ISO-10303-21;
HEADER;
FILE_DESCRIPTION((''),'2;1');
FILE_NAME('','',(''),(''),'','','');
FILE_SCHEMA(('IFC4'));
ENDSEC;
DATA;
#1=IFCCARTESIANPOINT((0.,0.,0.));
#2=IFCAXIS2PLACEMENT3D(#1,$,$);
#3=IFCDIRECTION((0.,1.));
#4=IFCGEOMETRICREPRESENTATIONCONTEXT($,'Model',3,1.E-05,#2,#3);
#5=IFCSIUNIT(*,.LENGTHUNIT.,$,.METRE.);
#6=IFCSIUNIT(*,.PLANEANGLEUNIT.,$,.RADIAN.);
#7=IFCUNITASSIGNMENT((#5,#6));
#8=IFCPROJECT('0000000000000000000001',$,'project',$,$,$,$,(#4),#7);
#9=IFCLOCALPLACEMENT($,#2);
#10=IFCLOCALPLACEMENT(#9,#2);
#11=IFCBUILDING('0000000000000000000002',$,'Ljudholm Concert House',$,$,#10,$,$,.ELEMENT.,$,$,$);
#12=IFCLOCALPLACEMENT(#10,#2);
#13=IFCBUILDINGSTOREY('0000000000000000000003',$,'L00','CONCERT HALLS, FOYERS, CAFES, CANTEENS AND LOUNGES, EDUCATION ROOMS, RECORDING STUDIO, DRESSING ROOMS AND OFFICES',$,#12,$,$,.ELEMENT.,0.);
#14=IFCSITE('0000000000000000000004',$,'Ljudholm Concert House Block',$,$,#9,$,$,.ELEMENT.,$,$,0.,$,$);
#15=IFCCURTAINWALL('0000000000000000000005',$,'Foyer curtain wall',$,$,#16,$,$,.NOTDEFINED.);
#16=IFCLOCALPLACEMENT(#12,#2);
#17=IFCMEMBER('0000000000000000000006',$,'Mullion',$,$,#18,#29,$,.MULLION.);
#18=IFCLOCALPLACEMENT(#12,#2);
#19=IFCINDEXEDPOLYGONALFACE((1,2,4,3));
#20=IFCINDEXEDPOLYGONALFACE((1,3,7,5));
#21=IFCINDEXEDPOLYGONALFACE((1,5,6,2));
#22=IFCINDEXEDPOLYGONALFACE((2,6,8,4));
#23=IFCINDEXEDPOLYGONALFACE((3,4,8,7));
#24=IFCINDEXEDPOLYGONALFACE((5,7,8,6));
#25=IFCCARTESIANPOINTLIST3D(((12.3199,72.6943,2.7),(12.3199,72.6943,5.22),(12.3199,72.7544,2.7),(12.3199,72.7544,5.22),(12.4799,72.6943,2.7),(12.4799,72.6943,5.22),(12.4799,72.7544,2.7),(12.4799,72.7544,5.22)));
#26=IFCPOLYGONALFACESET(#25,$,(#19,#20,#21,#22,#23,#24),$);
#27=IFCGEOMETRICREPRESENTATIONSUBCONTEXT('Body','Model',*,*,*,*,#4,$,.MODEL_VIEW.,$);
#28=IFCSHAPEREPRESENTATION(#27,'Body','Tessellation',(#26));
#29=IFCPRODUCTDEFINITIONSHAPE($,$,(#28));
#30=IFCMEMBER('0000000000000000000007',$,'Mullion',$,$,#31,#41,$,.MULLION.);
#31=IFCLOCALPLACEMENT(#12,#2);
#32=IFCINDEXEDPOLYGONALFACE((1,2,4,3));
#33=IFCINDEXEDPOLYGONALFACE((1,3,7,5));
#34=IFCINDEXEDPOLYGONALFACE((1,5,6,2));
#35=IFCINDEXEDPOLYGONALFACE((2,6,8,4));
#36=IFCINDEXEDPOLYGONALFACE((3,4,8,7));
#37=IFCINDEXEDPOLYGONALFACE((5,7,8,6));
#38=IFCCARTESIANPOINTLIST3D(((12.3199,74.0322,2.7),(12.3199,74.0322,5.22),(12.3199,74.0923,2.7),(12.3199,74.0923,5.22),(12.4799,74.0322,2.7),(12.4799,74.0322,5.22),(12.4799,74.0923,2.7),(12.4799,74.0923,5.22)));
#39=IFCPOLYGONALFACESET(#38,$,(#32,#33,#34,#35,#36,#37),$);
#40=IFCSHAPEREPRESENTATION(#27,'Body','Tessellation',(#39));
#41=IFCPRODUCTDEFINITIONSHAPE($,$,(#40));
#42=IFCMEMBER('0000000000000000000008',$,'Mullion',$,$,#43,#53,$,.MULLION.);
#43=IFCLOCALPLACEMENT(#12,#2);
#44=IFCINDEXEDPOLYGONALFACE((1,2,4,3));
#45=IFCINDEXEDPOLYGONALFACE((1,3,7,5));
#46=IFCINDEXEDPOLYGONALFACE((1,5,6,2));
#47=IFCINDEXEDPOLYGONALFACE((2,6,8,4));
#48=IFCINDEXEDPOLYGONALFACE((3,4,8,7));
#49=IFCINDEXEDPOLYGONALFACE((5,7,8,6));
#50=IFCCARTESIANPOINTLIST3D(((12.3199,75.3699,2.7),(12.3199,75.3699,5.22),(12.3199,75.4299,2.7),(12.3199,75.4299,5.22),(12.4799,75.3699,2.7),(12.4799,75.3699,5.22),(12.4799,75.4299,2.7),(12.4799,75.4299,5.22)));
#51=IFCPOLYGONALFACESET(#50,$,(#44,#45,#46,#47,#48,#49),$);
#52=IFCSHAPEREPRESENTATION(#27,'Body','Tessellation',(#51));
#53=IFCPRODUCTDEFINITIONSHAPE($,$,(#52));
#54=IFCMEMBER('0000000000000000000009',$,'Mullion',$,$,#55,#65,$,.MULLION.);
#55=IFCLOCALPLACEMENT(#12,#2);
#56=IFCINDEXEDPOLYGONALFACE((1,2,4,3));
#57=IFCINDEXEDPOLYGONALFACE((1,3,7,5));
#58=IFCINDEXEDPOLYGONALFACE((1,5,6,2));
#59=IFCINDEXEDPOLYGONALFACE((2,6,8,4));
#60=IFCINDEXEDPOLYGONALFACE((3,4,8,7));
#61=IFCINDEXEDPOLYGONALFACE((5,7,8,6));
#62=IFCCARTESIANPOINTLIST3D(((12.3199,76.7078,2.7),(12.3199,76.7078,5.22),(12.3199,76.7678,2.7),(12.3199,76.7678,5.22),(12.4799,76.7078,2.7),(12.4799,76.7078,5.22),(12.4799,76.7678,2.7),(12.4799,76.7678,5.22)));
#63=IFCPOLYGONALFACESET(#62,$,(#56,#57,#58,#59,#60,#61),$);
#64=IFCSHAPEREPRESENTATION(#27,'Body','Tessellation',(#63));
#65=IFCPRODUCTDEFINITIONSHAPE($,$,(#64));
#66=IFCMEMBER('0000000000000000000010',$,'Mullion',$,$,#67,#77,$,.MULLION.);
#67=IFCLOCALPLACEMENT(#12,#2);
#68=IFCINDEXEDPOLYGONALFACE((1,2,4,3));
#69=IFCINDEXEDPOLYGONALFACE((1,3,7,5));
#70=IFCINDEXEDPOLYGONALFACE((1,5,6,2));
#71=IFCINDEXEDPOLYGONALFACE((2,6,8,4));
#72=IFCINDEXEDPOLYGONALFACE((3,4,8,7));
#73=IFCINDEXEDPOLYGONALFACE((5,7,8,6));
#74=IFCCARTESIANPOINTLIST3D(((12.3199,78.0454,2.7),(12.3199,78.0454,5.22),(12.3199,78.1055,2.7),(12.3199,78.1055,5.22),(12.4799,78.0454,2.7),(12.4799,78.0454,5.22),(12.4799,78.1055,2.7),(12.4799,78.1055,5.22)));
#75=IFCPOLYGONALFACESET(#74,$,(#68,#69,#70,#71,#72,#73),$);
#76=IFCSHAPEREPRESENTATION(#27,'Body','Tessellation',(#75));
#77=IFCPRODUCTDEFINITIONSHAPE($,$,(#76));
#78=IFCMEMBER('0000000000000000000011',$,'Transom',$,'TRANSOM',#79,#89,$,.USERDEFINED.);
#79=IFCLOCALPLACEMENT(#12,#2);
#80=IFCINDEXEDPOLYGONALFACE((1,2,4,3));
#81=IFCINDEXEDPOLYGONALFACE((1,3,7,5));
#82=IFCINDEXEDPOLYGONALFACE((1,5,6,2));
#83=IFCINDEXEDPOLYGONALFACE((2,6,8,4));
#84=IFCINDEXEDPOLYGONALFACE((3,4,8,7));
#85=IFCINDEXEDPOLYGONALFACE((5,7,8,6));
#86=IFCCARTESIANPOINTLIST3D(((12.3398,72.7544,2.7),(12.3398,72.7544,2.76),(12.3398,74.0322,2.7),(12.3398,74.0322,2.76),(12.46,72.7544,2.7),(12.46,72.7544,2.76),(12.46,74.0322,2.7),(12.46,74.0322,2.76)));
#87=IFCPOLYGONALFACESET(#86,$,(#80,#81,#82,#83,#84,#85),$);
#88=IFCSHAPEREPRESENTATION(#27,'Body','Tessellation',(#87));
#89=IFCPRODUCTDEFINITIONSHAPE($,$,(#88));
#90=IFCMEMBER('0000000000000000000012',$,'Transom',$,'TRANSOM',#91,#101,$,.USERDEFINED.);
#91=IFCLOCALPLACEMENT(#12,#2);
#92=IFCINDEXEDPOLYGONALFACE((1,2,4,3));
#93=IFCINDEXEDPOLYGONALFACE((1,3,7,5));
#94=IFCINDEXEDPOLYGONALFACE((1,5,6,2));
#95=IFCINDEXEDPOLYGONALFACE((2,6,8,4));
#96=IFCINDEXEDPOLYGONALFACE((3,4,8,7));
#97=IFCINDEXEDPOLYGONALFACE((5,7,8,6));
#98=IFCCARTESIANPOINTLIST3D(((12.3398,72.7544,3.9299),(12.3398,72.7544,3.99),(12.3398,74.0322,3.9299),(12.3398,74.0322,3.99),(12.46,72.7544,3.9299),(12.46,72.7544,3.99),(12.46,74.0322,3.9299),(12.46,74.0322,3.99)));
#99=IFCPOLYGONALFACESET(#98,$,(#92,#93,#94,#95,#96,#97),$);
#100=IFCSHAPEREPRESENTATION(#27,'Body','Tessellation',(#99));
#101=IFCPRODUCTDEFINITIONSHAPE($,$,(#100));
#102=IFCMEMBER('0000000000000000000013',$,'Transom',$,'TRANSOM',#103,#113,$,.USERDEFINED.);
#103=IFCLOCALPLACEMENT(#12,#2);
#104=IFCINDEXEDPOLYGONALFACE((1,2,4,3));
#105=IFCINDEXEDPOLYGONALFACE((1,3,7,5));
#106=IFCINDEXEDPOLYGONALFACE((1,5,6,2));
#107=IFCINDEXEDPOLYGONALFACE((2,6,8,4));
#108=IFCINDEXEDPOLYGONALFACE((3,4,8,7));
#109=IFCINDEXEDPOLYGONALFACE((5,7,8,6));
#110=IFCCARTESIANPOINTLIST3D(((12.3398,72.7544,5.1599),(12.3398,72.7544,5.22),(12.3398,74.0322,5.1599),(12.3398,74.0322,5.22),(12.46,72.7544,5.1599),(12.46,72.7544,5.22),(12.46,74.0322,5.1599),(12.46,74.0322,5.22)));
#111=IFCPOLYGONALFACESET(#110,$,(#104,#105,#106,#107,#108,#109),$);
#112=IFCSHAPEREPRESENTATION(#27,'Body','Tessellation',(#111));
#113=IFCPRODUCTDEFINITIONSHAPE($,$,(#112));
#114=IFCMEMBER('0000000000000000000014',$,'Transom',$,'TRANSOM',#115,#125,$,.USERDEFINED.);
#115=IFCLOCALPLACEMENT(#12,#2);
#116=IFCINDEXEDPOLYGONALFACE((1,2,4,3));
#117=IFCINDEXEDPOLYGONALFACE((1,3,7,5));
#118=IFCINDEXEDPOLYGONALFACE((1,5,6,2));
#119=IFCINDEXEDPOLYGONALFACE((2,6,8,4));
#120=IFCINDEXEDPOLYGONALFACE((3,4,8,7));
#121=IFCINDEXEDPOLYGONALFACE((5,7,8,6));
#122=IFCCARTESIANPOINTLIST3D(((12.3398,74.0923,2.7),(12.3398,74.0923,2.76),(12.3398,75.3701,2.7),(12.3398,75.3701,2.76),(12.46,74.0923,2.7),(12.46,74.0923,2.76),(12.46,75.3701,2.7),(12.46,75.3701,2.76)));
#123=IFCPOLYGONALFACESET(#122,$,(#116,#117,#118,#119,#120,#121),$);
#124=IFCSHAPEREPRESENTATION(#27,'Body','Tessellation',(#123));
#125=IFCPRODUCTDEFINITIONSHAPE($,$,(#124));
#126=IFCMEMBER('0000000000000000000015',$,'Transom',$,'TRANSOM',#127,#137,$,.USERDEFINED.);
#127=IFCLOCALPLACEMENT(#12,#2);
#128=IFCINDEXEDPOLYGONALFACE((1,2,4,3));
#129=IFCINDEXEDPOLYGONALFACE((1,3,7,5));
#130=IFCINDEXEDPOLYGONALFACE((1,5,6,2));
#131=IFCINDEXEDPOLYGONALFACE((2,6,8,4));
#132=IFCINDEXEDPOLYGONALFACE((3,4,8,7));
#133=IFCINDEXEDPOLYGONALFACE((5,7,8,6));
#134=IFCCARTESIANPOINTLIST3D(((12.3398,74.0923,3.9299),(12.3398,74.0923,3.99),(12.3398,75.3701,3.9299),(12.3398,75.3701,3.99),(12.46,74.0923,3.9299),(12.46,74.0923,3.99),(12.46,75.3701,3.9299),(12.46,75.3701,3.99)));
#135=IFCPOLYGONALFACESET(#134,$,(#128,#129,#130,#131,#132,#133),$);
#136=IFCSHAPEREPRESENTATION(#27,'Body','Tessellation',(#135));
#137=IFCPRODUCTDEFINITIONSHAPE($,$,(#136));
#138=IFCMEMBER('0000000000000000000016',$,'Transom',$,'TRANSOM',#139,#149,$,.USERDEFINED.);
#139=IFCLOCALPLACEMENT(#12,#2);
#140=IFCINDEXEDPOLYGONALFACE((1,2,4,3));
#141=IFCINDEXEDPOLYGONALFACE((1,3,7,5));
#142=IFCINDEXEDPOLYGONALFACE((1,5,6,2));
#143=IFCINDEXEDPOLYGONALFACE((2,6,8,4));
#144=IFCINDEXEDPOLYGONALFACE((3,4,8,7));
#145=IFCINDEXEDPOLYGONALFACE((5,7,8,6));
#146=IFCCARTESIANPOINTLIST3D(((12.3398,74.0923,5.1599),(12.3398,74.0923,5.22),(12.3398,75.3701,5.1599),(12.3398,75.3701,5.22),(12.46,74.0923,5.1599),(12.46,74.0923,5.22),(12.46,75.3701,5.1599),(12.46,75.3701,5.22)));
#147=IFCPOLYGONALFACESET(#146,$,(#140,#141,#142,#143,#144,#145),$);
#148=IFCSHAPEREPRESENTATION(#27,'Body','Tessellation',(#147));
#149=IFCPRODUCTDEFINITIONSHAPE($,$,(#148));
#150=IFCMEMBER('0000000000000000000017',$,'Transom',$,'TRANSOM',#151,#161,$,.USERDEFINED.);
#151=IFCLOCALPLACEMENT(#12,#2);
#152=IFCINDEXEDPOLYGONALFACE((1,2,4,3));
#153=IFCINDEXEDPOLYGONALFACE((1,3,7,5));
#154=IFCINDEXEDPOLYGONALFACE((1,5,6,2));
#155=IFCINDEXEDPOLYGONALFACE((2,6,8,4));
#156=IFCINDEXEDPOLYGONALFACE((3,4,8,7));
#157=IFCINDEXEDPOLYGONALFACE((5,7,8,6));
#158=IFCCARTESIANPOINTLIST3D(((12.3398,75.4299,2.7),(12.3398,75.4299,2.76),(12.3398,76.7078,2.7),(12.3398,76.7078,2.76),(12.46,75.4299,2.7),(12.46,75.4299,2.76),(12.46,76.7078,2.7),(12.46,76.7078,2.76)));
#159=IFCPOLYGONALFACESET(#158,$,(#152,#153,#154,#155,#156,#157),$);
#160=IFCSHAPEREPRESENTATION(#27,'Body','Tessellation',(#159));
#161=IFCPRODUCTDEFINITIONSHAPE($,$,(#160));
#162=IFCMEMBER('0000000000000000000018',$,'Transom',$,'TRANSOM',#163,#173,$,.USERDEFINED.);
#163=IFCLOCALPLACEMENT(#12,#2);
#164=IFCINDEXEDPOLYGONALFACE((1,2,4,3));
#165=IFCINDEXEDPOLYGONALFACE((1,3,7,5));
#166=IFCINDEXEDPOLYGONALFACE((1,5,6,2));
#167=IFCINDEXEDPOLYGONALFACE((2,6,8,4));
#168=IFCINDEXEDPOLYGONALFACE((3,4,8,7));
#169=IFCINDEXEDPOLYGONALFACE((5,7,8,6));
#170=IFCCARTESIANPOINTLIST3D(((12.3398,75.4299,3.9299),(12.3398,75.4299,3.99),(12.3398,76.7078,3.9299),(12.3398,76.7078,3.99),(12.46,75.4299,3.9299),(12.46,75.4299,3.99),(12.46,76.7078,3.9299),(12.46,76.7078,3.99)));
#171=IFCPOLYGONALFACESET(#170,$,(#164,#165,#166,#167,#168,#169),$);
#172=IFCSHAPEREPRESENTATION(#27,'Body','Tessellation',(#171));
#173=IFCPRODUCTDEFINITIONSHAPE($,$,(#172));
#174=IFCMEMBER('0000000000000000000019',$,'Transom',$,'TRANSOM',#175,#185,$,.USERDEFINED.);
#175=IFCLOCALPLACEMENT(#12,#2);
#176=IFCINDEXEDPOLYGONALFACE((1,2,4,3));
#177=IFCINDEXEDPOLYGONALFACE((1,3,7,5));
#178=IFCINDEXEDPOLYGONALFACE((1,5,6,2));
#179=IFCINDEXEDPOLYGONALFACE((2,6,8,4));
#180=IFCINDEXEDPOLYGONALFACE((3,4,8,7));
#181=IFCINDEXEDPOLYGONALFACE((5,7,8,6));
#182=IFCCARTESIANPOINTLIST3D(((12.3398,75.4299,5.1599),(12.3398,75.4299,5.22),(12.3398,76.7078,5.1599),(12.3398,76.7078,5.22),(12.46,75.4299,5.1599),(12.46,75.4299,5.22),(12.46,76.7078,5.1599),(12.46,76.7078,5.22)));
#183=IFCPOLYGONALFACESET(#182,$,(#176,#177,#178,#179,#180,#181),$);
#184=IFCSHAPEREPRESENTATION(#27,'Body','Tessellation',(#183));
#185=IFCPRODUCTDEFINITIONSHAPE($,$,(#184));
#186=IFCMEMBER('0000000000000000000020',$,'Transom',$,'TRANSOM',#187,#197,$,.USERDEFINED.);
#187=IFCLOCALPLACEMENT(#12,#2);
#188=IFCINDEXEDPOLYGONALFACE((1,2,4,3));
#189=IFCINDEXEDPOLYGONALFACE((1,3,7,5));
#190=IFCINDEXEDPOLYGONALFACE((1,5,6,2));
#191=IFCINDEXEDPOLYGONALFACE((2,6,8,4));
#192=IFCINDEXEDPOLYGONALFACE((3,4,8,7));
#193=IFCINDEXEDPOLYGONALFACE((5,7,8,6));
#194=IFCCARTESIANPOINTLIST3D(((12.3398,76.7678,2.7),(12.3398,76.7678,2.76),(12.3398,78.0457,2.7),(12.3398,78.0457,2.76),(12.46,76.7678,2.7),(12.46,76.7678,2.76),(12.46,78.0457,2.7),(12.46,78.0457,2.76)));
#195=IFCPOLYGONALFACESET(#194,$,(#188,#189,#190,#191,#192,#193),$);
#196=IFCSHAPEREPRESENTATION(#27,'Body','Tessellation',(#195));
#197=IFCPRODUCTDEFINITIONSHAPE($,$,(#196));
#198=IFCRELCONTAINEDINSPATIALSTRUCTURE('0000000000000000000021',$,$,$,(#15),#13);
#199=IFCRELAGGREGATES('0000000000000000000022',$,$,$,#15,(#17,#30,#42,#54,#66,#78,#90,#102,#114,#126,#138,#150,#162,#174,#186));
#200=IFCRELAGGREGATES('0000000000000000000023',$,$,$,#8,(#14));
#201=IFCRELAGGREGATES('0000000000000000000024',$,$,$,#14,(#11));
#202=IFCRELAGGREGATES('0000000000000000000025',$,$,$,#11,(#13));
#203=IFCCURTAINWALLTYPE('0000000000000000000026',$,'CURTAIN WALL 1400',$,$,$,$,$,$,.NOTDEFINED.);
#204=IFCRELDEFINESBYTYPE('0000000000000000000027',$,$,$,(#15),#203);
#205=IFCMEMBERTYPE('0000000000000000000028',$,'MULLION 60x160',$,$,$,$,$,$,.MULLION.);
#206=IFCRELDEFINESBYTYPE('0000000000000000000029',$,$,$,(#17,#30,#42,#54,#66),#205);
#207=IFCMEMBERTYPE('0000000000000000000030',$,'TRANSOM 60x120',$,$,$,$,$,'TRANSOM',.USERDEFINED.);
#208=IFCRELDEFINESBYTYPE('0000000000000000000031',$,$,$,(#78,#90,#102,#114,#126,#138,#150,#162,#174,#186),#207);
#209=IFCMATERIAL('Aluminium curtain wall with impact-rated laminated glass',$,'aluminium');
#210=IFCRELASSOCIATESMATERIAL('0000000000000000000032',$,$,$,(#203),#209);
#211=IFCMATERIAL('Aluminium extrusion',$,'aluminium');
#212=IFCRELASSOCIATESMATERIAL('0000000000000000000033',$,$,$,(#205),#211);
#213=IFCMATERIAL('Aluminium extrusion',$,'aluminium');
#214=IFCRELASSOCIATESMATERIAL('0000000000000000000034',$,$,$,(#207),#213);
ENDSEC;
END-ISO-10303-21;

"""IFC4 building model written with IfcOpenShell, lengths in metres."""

from ifc_helpers import new_model, si_unit, direction, frame, origin, origin_2d, place, context, subcontext, project, spatial, rectangle, extrude, material, material_profile, profile_set, type_object, element, aggregate, save


model = new_model("IFC4")

# Units and contexts
model_context = context("Model", 3, precision=1e-05, world=origin(), true_north=direction((0.0, 1.0)))
body_context = subcontext(model_context, "Body", "Model", "MODEL_VIEW")
ifc_project = project(units=[si_unit("LENGTHUNIT", "METRE"), si_unit("PLANEANGLEUNIT", "RADIAN")], contexts=[model_context])

# Site, building, storey
site_placement = place(None, origin())
site = spatial("IfcSite", under=ifc_project, at=site_placement, Name="Ljudholm Concert House Block", CompositionType="ELEMENT", RefElevation=0.0)
building_placement = place(site_placement, origin())
building = spatial("IfcBuilding", under=site, at=building_placement, Name="Ljudholm Concert House", CompositionType="ELEMENT")
storey_placement = place(building_placement, origin())
storey = spatial("IfcBuildingStorey", under=building, at=storey_placement, Name="L00", Description="CONCERT HALLS, FOYERS, CAFES, CANTEENS AND LOUNGES, EDUCATION ROOMS, RECORDING STUDIO, DRESSING ROOMS AND OFFICES", CompositionType="ELEMENT", Elevation=0.0)

# Curtain wall, members
ifc_material_1 = material(Name="Aluminium curtain wall with impact-rated laminated glass", Category="aluminium")
curtain_wall_type = type_object("IfcCurtainWallType", Name="CURTAIN WALL 1400", PredefinedType="NOTDEFINED", material=ifc_material_1)
curtain_wall_placement = place(storey_placement, origin())
curtain_wall = element("IfcCurtainWall", 1, at=curtain_wall_placement, inside=storey, type_object=curtain_wall_type, Name="Foyer curtain wall", PredefinedType="NOTDEFINED")
ifc_material_2 = material(Name="Aluminium extrusion", Category="aluminium")
ifc_material_profile_1 = material_profile(ifc_material_2, rectangle(XDim=0.1599, YDim=0.0601, at=origin_2d()), Name="MULLION 60x160")
ifc_profile_set_1 = profile_set([ifc_material_profile_1], Name="Aluminium extrusion")
member_type_1 = type_object("IfcMemberType", Name="MULLION 60x160", PredefinedType="MULLION", material=ifc_profile_set_1)
member_1_placement = place(storey_placement, frame((12.3999, 72.7244, 2.7), z_axis=(0.0, 0.0, 1.0), x_axis=(-1.0, 0.0, 0.0)))
member_1 = element("IfcMember", 2, at=member_1_placement, type_object=member_type_1, Name="Mullion", PredefinedType="MULLION", context=body_context, shape_type="SweptSolid", body=[
    extrude(rectangle(XDim=0.1599, YDim=0.0601, at=origin_2d()), origin(), (0.0, 0.0, 1.0), 2.52),
])
member_2_placement = place(storey_placement, frame((12.3999, 74.0623, 2.7), z_axis=(0.0, 0.0, 1.0), x_axis=(-1.0, 0.0, 0.0)))
member_2 = element("IfcMember", 3, at=member_2_placement, type_object=member_type_1, Name="Mullion", PredefinedType="MULLION", context=body_context, shape_type="SweptSolid", body=[
    extrude(rectangle(XDim=0.1599, YDim=0.0601, at=origin_2d()), origin(), (0.0, 0.0, 1.0), 2.52),
])
member_3_placement = place(storey_placement, frame((12.3999, 75.3999, 2.7), z_axis=(0.0, 0.0, 1.0), x_axis=(-1.0, 0.0, 0.0)))
member_3 = element("IfcMember", 4, at=member_3_placement, type_object=member_type_1, Name="Mullion", PredefinedType="MULLION", context=body_context, shape_type="SweptSolid", body=[
    extrude(rectangle(XDim=0.1599, YDim=0.0601, at=origin_2d()), origin(), (0.0, 0.0, 1.0), 2.52),
])
member_4_placement = place(storey_placement, frame((12.3999, 76.7378, 2.7), z_axis=(0.0, 0.0, 1.0), x_axis=(-1.0, 0.0, 0.0)))
member_4 = element("IfcMember", 5, at=member_4_placement, type_object=member_type_1, Name="Mullion", PredefinedType="MULLION", context=body_context, shape_type="SweptSolid", body=[
    extrude(rectangle(XDim=0.1599, YDim=0.0601, at=origin_2d()), origin(), (0.0, 0.0, 1.0), 2.52),
])
member_5_placement = place(storey_placement, frame((12.3999, 78.0754, 2.7), z_axis=(0.0, 0.0, 1.0), x_axis=(-1.0, 0.0, 0.0)))
member_5 = element("IfcMember", 6, at=member_5_placement, type_object=member_type_1, Name="Mullion", PredefinedType="MULLION", context=body_context, shape_type="SweptSolid", body=[
    extrude(rectangle(XDim=0.1599, YDim=0.0601, at=origin_2d()), origin(), (0.0, 0.0, 1.0), 2.52),
])
ifc_material_3 = material(Name="Aluminium extrusion", Category="aluminium")
ifc_material_profile_2 = material_profile(ifc_material_3, rectangle(XDim=0.1201, YDim=0.0601, at=origin_2d()), Name="TRANSOM 60x120")
ifc_profile_set_2 = profile_set([ifc_material_profile_2], Name="Aluminium extrusion")
member_type_2 = type_object("IfcMemberType", Name="TRANSOM 60x120", ElementType="TRANSOM", PredefinedType="USERDEFINED", material=ifc_profile_set_2)
member_6_placement = place(storey_placement, frame((12.3999, 72.7544, 2.73), z_axis=(0.0, 1.0, 0.0), x_axis=(-1.0, 0.0, 0.0)))
member_6 = element("IfcMember", 7, at=member_6_placement, type_object=member_type_2, Name="Transom", ObjectType="TRANSOM", PredefinedType="USERDEFINED", context=body_context, shape_type="SweptSolid", body=[
    extrude(rectangle(XDim=0.1201, YDim=0.0601, at=origin_2d()), origin(), (0.0, 0.0, 1.0), 1.2778),
])
member_7_placement = place(storey_placement, frame((12.3999, 72.7544, 3.96), z_axis=(0.0, 1.0, 0.0), x_axis=(-1.0, 0.0, 0.0)))
member_7 = element("IfcMember", 8, at=member_7_placement, type_object=member_type_2, Name="Transom", ObjectType="TRANSOM", PredefinedType="USERDEFINED", context=body_context, shape_type="SweptSolid", body=[
    extrude(rectangle(XDim=0.1201, YDim=0.0601, at=origin_2d()), origin(), (0.0, 0.0, 1.0), 1.2778),
])
member_8_placement = place(storey_placement, frame((12.3999, 72.7544, 5.1899), z_axis=(0.0, 1.0, 0.0), x_axis=(-1.0, 0.0, 0.0)))
member_8 = element("IfcMember", 9, at=member_8_placement, type_object=member_type_2, Name="Transom", ObjectType="TRANSOM", PredefinedType="USERDEFINED", context=body_context, shape_type="SweptSolid", body=[
    extrude(rectangle(XDim=0.1201, YDim=0.0601, at=origin_2d()), origin(), (0.0, 0.0, 1.0), 1.2778),
])
member_9_placement = place(storey_placement, frame((12.3999, 74.0923, 2.73), z_axis=(0.0, 1.0, 0.0), x_axis=(-1.0, 0.0, 0.0)))
member_9 = element("IfcMember", 10, at=member_9_placement, type_object=member_type_2, Name="Transom", ObjectType="TRANSOM", PredefinedType="USERDEFINED", context=body_context, shape_type="SweptSolid", body=[
    extrude(rectangle(XDim=0.1201, YDim=0.0601, at=origin_2d()), origin(), (0.0, 0.0, 1.0), 1.2778),
])
member_10_placement = place(storey_placement, frame((12.3999, 74.0923, 3.96), z_axis=(0.0, 1.0, 0.0), x_axis=(-1.0, 0.0, 0.0)))
member_10 = element("IfcMember", 11, at=member_10_placement, type_object=member_type_2, Name="Transom", ObjectType="TRANSOM", PredefinedType="USERDEFINED", context=body_context, shape_type="SweptSolid", body=[
    extrude(rectangle(XDim=0.1201, YDim=0.0601, at=origin_2d()), origin(), (0.0, 0.0, 1.0), 1.2778),
])
member_11_placement = place(storey_placement, frame((12.3999, 74.0923, 5.1899), z_axis=(0.0, 1.0, 0.0), x_axis=(-1.0, 0.0, 0.0)))
member_11 = element("IfcMember", 12, at=member_11_placement, type_object=member_type_2, Name="Transom", ObjectType="TRANSOM", PredefinedType="USERDEFINED", context=body_context, shape_type="SweptSolid", body=[
    extrude(rectangle(XDim=0.1201, YDim=0.0601, at=origin_2d()), origin(), (0.0, 0.0, 1.0), 1.2778),
])
member_12_placement = place(storey_placement, frame((12.3999, 75.4299, 2.73), z_axis=(0.0, 1.0, 0.0), x_axis=(-1.0, 0.0, 0.0)))
member_12 = element("IfcMember", 13, at=member_12_placement, type_object=member_type_2, Name="Transom", ObjectType="TRANSOM", PredefinedType="USERDEFINED", context=body_context, shape_type="SweptSolid", body=[
    extrude(rectangle(XDim=0.1201, YDim=0.0601, at=origin_2d()), origin(), (0.0, 0.0, 1.0), 1.2778),
])
member_13_placement = place(storey_placement, frame((12.3999, 75.4299, 3.96), z_axis=(0.0, 1.0, 0.0), x_axis=(-1.0, 0.0, 0.0)))
member_13 = element("IfcMember", 14, at=member_13_placement, type_object=member_type_2, Name="Transom", ObjectType="TRANSOM", PredefinedType="USERDEFINED", context=body_context, shape_type="SweptSolid", body=[
    extrude(rectangle(XDim=0.1201, YDim=0.0601, at=origin_2d()), origin(), (0.0, 0.0, 1.0), 1.2778),
])
member_14_placement = place(storey_placement, frame((12.3999, 75.4299, 5.1899), z_axis=(0.0, 1.0, 0.0), x_axis=(-1.0, 0.0, 0.0)))
member_14 = element("IfcMember", 15, at=member_14_placement, type_object=member_type_2, Name="Transom", ObjectType="TRANSOM", PredefinedType="USERDEFINED", context=body_context, shape_type="SweptSolid", body=[
    extrude(rectangle(XDim=0.1201, YDim=0.0601, at=origin_2d()), origin(), (0.0, 0.0, 1.0), 1.2778),
])
member_15_placement = place(storey_placement, frame((12.3999, 76.7678, 2.73), z_axis=(0.0, 1.0, 0.0), x_axis=(-1.0, 0.0, 0.0)))
member_15 = element("IfcMember", 16, at=member_15_placement, type_object=member_type_2, Name="Transom", ObjectType="TRANSOM", PredefinedType="USERDEFINED", context=body_context, shape_type="SweptSolid", body=[
    extrude(rectangle(XDim=0.1201, YDim=0.0601, at=origin_2d()), origin(), (0.0, 0.0, 1.0), 1.2778),
])
aggregate(curtain_wall, [member_1, member_2, member_3, member_4, member_5, member_6, member_7, member_8, member_9, member_10, member_11, member_12, member_13, member_14, member_15])

save(model, "model.ifc")
